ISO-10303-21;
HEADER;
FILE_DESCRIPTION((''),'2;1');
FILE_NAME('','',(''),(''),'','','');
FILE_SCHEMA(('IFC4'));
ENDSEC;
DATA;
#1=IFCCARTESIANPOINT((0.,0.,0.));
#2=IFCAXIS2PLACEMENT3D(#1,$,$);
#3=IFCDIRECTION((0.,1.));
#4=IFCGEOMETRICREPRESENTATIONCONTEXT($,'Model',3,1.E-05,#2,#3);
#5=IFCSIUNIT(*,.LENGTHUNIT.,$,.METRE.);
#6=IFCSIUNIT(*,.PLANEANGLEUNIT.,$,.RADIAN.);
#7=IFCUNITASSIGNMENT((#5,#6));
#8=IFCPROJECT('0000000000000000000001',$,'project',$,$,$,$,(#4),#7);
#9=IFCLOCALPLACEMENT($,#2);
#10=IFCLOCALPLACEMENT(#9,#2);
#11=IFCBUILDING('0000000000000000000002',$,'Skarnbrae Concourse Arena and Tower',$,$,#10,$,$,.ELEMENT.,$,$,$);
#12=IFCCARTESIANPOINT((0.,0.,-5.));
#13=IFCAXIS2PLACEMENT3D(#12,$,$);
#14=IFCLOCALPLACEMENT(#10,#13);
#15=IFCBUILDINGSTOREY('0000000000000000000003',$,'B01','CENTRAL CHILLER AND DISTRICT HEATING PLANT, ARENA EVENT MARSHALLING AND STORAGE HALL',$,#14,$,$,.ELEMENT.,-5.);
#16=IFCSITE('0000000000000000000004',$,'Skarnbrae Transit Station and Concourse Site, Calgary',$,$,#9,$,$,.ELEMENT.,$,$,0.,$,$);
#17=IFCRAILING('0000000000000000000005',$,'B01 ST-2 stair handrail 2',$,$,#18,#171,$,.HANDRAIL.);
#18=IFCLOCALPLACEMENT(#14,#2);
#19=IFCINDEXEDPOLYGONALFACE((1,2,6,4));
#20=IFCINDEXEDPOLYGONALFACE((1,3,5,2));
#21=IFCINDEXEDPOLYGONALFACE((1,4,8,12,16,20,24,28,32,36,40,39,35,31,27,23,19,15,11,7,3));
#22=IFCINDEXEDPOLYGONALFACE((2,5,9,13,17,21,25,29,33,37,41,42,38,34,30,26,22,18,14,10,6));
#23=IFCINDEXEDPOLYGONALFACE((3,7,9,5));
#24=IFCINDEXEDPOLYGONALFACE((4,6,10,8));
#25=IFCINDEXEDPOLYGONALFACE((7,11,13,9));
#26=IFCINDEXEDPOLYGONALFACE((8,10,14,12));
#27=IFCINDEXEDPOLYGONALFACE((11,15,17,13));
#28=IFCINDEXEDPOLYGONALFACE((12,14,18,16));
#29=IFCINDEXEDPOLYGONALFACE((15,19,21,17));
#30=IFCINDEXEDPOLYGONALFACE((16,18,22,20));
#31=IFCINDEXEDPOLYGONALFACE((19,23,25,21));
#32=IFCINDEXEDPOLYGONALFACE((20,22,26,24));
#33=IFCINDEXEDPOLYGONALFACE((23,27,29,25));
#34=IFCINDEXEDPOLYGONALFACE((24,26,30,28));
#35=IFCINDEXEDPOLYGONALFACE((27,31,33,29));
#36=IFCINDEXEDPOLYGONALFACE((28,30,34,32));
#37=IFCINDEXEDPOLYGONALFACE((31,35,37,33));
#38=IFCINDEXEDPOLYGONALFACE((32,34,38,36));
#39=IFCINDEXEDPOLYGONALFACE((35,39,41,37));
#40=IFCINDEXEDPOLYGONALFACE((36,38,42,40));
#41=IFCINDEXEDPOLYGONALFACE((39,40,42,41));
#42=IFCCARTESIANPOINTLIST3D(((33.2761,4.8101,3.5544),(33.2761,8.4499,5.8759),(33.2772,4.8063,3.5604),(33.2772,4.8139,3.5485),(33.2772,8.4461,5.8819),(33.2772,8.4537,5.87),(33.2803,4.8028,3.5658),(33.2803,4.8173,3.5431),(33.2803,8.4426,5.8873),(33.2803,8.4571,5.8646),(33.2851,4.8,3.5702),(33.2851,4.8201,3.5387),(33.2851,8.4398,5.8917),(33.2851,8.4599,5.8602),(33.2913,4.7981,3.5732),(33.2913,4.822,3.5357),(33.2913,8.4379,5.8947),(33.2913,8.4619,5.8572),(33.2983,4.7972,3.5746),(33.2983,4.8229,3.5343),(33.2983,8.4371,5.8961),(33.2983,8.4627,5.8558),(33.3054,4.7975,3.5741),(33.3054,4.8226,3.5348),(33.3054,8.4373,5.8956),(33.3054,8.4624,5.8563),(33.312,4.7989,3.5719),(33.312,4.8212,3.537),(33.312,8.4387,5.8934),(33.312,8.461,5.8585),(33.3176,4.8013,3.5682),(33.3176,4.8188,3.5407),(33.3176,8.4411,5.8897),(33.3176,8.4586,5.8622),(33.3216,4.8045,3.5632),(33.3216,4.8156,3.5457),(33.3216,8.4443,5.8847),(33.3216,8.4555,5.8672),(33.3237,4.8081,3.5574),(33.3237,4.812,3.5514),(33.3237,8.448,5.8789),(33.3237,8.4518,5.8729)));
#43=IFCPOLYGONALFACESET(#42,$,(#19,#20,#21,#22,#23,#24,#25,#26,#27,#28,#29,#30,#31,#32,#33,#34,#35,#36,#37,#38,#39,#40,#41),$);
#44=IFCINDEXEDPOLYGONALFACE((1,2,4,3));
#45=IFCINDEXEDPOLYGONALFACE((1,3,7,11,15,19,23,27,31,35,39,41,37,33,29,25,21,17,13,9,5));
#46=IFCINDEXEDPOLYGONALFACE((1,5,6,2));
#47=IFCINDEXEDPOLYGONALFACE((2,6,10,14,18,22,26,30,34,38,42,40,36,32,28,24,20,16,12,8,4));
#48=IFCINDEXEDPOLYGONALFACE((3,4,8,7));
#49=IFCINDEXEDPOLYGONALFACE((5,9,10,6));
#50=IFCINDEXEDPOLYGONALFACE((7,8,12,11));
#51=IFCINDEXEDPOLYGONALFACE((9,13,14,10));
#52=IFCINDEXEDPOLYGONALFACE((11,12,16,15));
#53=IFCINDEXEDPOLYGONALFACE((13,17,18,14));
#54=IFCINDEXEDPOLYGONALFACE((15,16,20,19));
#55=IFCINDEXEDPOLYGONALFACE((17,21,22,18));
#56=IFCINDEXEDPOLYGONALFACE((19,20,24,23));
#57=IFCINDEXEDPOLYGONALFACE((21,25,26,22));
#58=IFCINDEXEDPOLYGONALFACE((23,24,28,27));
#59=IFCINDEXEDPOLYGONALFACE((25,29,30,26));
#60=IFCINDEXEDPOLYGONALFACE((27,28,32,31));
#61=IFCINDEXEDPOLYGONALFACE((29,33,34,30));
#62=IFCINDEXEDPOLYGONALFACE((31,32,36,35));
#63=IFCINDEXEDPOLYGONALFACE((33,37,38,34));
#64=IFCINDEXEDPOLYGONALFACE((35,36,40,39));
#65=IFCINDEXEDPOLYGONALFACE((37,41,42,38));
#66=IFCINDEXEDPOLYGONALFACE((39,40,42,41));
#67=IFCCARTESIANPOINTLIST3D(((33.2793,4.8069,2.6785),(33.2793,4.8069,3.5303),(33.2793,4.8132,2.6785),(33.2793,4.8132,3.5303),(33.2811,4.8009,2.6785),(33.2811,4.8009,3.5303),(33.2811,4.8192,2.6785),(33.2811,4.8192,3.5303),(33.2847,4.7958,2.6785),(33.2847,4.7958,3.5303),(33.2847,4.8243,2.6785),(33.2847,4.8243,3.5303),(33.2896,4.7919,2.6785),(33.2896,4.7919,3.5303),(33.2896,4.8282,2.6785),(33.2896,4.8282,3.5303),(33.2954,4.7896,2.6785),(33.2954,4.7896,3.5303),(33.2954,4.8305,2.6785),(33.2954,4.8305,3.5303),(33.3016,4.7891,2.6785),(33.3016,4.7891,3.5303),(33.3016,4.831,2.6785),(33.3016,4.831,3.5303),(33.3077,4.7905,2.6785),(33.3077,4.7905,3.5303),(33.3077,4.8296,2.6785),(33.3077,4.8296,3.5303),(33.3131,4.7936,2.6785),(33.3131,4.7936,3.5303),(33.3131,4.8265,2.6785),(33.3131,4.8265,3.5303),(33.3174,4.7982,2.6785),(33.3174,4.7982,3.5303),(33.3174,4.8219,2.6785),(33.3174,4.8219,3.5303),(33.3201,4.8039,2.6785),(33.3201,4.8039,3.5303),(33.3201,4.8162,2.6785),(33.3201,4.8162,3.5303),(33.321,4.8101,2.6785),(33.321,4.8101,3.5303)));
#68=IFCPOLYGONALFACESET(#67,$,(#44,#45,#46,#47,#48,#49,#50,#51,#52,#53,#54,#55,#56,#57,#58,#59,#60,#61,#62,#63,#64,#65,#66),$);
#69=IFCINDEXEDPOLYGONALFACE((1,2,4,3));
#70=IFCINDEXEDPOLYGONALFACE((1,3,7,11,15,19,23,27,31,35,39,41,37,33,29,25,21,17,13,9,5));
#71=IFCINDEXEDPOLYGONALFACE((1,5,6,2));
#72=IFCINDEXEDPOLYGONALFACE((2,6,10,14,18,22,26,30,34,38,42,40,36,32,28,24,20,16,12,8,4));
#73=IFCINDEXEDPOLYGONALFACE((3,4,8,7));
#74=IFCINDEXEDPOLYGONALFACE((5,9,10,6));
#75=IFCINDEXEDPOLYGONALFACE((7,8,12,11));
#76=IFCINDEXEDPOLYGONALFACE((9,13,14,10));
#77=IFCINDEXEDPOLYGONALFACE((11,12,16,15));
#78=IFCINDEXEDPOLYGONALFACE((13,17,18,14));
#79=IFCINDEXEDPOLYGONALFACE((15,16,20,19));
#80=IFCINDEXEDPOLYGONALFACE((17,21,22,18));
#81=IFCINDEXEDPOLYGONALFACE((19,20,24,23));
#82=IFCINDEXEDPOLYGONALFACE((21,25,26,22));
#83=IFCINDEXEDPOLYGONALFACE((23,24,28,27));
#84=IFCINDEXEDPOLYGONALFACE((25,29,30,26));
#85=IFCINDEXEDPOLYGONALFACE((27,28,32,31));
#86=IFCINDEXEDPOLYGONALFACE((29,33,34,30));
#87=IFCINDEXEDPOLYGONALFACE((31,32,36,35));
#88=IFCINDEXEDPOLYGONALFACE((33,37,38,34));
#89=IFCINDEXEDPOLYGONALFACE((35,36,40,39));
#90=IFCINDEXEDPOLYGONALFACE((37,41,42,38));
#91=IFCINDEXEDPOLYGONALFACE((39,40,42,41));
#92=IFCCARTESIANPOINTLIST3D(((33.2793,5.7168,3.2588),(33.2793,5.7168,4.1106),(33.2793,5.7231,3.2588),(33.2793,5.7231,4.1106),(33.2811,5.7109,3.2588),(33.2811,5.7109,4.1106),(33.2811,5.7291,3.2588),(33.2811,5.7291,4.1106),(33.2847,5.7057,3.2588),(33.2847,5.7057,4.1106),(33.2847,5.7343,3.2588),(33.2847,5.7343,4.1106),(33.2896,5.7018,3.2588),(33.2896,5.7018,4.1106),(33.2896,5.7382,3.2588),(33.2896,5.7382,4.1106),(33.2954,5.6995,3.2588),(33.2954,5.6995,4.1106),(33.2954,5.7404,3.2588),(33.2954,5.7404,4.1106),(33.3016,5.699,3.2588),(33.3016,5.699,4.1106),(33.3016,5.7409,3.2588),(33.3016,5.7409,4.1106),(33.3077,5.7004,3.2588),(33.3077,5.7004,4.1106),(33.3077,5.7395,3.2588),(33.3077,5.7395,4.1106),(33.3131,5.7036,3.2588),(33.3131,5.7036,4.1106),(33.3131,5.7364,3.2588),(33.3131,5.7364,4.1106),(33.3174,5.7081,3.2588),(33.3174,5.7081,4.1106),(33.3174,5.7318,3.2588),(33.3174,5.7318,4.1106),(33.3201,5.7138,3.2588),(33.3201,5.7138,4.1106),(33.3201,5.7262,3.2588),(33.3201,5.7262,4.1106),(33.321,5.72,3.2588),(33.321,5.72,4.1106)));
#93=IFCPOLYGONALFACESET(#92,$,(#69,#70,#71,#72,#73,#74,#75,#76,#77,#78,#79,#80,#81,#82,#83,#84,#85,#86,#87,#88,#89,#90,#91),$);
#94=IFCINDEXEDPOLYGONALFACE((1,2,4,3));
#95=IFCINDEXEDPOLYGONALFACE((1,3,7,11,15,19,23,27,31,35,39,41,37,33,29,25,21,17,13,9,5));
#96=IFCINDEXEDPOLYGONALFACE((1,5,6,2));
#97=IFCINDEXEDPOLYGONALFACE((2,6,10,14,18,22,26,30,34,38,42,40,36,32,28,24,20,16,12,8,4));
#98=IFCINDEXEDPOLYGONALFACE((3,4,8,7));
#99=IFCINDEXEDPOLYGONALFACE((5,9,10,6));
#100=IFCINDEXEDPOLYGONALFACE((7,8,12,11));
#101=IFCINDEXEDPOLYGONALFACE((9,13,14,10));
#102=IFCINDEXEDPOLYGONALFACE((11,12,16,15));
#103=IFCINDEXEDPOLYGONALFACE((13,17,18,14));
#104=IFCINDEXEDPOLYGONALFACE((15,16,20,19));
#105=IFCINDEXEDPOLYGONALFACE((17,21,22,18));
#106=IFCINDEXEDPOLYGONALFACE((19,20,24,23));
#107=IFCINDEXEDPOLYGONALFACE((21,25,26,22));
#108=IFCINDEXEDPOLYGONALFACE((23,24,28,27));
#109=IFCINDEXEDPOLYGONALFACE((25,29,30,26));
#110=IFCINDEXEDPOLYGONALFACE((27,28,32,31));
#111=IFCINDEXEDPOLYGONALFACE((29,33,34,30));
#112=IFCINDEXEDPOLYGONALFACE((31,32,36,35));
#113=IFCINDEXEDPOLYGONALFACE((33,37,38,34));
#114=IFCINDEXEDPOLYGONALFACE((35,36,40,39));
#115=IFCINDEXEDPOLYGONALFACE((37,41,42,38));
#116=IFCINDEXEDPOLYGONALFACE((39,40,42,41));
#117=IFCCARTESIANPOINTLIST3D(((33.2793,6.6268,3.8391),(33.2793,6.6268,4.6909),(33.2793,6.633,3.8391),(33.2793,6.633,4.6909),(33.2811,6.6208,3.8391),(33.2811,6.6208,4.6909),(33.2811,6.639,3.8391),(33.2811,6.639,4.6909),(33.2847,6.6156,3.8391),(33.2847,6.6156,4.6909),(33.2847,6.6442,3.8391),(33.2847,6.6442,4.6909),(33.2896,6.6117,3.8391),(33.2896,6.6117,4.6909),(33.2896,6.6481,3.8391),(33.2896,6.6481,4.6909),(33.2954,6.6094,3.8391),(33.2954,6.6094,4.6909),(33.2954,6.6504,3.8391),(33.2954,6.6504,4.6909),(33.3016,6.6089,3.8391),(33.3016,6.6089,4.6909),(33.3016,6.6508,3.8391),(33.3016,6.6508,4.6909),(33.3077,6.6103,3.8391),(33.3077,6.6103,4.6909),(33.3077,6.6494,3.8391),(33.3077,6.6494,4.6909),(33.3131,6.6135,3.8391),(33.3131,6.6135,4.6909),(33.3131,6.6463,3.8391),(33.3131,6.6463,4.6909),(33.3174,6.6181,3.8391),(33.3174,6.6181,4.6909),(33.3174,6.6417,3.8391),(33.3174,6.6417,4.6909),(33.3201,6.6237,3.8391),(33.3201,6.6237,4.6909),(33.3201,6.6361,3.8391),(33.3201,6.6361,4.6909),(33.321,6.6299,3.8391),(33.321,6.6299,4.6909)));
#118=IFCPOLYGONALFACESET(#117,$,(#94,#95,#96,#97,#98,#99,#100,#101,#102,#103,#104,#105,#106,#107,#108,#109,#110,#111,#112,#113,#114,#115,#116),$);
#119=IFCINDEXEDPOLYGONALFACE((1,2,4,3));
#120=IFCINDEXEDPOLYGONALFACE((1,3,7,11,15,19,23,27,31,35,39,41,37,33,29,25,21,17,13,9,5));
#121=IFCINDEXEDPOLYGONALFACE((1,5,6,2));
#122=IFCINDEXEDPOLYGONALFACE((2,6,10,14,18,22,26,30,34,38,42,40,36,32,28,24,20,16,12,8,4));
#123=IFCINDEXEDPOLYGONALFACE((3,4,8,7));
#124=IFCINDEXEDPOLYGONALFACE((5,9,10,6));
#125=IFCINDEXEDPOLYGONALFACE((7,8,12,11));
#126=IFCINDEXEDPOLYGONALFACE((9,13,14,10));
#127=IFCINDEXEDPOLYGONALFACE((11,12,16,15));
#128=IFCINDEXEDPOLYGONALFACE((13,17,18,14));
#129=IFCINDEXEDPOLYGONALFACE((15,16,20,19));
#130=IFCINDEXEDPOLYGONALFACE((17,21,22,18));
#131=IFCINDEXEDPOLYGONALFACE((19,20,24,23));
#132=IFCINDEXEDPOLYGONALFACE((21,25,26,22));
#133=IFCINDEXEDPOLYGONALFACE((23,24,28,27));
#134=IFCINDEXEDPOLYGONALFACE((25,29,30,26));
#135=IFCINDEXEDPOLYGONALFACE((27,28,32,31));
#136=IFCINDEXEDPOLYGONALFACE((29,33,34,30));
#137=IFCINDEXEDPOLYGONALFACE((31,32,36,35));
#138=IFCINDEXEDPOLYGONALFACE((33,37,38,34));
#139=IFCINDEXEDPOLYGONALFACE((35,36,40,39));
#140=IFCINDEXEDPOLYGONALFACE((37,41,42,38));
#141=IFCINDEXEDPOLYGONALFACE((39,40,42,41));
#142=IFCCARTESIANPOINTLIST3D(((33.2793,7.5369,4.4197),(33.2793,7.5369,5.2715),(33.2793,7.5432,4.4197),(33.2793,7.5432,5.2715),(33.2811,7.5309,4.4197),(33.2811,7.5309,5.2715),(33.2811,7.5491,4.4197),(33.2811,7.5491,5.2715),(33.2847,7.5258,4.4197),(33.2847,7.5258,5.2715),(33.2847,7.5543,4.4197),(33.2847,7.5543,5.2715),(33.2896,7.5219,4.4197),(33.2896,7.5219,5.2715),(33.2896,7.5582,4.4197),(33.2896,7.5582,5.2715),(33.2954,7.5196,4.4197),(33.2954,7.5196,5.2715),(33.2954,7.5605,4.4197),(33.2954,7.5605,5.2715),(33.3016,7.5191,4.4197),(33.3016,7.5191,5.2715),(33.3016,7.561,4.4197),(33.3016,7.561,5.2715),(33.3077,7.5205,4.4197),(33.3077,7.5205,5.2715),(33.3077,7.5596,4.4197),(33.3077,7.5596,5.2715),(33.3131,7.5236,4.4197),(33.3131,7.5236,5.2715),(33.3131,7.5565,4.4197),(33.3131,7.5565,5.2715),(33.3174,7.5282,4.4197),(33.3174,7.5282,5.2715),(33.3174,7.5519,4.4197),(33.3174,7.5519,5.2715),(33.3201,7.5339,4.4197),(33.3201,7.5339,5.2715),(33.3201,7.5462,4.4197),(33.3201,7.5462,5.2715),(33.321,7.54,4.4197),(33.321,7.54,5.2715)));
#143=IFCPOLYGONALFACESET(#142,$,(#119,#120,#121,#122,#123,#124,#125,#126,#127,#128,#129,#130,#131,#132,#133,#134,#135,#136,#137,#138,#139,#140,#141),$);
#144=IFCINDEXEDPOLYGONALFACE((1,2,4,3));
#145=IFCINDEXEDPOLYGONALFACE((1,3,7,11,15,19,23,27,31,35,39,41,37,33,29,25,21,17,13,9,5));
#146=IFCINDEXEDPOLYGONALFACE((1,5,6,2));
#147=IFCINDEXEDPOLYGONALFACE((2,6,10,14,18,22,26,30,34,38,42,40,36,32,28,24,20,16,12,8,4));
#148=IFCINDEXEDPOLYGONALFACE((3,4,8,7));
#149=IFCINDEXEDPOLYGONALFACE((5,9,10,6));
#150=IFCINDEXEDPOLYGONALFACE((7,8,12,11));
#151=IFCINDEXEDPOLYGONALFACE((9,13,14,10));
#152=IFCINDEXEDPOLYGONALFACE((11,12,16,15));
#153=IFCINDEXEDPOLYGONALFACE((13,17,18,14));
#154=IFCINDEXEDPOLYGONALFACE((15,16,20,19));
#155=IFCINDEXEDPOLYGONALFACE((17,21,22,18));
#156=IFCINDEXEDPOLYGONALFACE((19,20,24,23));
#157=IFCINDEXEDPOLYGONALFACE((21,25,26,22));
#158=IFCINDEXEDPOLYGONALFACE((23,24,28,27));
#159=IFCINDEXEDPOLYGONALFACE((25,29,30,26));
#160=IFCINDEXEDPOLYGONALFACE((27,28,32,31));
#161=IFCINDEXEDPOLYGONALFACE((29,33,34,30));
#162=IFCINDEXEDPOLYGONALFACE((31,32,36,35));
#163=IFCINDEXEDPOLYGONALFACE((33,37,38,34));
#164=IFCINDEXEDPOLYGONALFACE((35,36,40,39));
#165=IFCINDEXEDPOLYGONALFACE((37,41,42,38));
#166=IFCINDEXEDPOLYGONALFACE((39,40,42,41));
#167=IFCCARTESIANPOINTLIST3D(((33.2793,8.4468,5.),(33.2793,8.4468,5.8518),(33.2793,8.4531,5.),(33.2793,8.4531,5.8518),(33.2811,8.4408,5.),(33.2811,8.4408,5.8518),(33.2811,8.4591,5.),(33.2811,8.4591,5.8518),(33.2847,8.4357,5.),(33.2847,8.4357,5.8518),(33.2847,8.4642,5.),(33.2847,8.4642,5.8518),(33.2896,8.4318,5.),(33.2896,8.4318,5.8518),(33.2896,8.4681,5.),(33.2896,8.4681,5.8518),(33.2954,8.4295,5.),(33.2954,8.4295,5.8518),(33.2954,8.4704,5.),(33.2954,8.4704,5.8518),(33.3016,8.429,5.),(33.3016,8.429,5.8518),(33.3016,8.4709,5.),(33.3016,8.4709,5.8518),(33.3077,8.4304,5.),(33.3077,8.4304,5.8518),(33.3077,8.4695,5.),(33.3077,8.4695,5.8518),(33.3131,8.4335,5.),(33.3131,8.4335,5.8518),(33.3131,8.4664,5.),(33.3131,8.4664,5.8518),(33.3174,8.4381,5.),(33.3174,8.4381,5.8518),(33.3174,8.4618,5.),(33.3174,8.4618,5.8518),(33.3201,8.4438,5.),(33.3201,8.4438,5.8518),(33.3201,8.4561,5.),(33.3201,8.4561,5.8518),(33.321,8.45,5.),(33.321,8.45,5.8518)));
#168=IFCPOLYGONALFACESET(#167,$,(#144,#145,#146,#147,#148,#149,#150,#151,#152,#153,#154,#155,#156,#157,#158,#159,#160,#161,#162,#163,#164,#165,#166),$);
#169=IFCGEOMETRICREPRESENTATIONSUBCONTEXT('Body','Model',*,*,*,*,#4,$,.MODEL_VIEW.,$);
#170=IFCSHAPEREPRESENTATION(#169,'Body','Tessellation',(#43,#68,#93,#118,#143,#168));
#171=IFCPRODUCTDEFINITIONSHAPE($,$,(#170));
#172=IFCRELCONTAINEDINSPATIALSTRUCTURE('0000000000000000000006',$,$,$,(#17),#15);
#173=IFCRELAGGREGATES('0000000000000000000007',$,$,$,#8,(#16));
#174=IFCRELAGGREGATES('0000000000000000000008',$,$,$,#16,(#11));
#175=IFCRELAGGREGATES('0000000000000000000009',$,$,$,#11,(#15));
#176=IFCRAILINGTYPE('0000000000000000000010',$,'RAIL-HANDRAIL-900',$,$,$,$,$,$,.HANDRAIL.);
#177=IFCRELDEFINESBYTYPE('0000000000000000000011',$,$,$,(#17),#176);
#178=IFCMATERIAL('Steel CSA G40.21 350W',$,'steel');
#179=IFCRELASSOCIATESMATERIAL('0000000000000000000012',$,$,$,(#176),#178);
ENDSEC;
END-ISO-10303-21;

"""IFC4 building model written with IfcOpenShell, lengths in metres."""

from ifc_helpers import new_model, si_unit, direction, frame, origin, origin_2d, place, context, subcontext, project, spatial, circle, extrude, material, type_object, element, save


model = new_model("IFC4")

# Units and contexts
model_context = context("Model", 3, precision=1e-05, world=origin(), true_north=direction((0.0, 1.0)))
body_context = subcontext(model_context, "Body", "Model", "MODEL_VIEW")
ifc_project = project(units=[si_unit("LENGTHUNIT", "METRE"), si_unit("PLANEANGLEUNIT", "RADIAN")], contexts=[model_context])

# Site, building, storey
site_placement = place(None, origin())
site = spatial("IfcSite", under=ifc_project, at=site_placement, Name="Skarnbrae Transit Station and Concourse Site, Calgary", CompositionType="ELEMENT", RefElevation=0.0)
building_placement = place(site_placement, origin())
building = spatial("IfcBuilding", under=site, at=building_placement, Name="Skarnbrae Concourse Arena and Tower", CompositionType="ELEMENT")
storey_placement = place(building_placement, frame((0.0, 0.0, -5.0)))
storey = spatial("IfcBuildingStorey", under=building, at=storey_placement, Name="B01", Description="CENTRAL CHILLER AND DISTRICT HEATING PLANT, ARENA EVENT MARSHALLING AND STORAGE HALL", CompositionType="ELEMENT", Elevation=-5.0)

# Shared definitions
ifc_material_1 = material(Name="Steel CSA G40.21 350W", Category="steel")

# Railing
railing_type_1 = type_object("IfcRailingType", Name="RAIL-HANDRAIL-900", PredefinedType="HANDRAIL", material=ifc_material_1)
railing_1_placement = place(storey_placement, frame((33.3, 4.8101, 2.6785)))
element("IfcRailing", 1, at=railing_1_placement, inside=storey, type_object=railing_type_1, Name="B01 ST-2 stair handrail 2", PredefinedType="HANDRAIL", context=body_context, shape_type="SweptSolid", body=[
    extrude(circle(Radius=0.0239, at=origin_2d()), frame((0.0, 0.0, 0.876), z_axis=(0.0, 0.843112, 0.537739), x_axis=(-1.0, 0.0, 0.0)), (0.0, 0.0, 1.0), 4.3171),
    extrude(circle(Radius=0.021, at=origin_2d()), origin(), (0.0, 0.0, 1.0), 0.8518),
    extrude(circle(Radius=0.021, at=origin_2d()), frame((0.0, 0.9099, 0.5803)), (0.0, 0.0, 1.0), 0.8518),
    extrude(circle(Radius=0.021, at=origin_2d()), frame((0.0, 1.8198, 1.1606)), (0.0, 0.0, 1.0), 0.8518),
    extrude(circle(Radius=0.021, at=origin_2d()), frame((0.0, 2.73, 1.7412)), (0.0, 0.0, 1.0), 0.8518),
    extrude(circle(Radius=0.021, at=origin_2d()), frame((0.0, 3.6399, 2.3215)), (0.0, 0.0, 1.0), 0.8518),
])

save(model, "model.ifc")
